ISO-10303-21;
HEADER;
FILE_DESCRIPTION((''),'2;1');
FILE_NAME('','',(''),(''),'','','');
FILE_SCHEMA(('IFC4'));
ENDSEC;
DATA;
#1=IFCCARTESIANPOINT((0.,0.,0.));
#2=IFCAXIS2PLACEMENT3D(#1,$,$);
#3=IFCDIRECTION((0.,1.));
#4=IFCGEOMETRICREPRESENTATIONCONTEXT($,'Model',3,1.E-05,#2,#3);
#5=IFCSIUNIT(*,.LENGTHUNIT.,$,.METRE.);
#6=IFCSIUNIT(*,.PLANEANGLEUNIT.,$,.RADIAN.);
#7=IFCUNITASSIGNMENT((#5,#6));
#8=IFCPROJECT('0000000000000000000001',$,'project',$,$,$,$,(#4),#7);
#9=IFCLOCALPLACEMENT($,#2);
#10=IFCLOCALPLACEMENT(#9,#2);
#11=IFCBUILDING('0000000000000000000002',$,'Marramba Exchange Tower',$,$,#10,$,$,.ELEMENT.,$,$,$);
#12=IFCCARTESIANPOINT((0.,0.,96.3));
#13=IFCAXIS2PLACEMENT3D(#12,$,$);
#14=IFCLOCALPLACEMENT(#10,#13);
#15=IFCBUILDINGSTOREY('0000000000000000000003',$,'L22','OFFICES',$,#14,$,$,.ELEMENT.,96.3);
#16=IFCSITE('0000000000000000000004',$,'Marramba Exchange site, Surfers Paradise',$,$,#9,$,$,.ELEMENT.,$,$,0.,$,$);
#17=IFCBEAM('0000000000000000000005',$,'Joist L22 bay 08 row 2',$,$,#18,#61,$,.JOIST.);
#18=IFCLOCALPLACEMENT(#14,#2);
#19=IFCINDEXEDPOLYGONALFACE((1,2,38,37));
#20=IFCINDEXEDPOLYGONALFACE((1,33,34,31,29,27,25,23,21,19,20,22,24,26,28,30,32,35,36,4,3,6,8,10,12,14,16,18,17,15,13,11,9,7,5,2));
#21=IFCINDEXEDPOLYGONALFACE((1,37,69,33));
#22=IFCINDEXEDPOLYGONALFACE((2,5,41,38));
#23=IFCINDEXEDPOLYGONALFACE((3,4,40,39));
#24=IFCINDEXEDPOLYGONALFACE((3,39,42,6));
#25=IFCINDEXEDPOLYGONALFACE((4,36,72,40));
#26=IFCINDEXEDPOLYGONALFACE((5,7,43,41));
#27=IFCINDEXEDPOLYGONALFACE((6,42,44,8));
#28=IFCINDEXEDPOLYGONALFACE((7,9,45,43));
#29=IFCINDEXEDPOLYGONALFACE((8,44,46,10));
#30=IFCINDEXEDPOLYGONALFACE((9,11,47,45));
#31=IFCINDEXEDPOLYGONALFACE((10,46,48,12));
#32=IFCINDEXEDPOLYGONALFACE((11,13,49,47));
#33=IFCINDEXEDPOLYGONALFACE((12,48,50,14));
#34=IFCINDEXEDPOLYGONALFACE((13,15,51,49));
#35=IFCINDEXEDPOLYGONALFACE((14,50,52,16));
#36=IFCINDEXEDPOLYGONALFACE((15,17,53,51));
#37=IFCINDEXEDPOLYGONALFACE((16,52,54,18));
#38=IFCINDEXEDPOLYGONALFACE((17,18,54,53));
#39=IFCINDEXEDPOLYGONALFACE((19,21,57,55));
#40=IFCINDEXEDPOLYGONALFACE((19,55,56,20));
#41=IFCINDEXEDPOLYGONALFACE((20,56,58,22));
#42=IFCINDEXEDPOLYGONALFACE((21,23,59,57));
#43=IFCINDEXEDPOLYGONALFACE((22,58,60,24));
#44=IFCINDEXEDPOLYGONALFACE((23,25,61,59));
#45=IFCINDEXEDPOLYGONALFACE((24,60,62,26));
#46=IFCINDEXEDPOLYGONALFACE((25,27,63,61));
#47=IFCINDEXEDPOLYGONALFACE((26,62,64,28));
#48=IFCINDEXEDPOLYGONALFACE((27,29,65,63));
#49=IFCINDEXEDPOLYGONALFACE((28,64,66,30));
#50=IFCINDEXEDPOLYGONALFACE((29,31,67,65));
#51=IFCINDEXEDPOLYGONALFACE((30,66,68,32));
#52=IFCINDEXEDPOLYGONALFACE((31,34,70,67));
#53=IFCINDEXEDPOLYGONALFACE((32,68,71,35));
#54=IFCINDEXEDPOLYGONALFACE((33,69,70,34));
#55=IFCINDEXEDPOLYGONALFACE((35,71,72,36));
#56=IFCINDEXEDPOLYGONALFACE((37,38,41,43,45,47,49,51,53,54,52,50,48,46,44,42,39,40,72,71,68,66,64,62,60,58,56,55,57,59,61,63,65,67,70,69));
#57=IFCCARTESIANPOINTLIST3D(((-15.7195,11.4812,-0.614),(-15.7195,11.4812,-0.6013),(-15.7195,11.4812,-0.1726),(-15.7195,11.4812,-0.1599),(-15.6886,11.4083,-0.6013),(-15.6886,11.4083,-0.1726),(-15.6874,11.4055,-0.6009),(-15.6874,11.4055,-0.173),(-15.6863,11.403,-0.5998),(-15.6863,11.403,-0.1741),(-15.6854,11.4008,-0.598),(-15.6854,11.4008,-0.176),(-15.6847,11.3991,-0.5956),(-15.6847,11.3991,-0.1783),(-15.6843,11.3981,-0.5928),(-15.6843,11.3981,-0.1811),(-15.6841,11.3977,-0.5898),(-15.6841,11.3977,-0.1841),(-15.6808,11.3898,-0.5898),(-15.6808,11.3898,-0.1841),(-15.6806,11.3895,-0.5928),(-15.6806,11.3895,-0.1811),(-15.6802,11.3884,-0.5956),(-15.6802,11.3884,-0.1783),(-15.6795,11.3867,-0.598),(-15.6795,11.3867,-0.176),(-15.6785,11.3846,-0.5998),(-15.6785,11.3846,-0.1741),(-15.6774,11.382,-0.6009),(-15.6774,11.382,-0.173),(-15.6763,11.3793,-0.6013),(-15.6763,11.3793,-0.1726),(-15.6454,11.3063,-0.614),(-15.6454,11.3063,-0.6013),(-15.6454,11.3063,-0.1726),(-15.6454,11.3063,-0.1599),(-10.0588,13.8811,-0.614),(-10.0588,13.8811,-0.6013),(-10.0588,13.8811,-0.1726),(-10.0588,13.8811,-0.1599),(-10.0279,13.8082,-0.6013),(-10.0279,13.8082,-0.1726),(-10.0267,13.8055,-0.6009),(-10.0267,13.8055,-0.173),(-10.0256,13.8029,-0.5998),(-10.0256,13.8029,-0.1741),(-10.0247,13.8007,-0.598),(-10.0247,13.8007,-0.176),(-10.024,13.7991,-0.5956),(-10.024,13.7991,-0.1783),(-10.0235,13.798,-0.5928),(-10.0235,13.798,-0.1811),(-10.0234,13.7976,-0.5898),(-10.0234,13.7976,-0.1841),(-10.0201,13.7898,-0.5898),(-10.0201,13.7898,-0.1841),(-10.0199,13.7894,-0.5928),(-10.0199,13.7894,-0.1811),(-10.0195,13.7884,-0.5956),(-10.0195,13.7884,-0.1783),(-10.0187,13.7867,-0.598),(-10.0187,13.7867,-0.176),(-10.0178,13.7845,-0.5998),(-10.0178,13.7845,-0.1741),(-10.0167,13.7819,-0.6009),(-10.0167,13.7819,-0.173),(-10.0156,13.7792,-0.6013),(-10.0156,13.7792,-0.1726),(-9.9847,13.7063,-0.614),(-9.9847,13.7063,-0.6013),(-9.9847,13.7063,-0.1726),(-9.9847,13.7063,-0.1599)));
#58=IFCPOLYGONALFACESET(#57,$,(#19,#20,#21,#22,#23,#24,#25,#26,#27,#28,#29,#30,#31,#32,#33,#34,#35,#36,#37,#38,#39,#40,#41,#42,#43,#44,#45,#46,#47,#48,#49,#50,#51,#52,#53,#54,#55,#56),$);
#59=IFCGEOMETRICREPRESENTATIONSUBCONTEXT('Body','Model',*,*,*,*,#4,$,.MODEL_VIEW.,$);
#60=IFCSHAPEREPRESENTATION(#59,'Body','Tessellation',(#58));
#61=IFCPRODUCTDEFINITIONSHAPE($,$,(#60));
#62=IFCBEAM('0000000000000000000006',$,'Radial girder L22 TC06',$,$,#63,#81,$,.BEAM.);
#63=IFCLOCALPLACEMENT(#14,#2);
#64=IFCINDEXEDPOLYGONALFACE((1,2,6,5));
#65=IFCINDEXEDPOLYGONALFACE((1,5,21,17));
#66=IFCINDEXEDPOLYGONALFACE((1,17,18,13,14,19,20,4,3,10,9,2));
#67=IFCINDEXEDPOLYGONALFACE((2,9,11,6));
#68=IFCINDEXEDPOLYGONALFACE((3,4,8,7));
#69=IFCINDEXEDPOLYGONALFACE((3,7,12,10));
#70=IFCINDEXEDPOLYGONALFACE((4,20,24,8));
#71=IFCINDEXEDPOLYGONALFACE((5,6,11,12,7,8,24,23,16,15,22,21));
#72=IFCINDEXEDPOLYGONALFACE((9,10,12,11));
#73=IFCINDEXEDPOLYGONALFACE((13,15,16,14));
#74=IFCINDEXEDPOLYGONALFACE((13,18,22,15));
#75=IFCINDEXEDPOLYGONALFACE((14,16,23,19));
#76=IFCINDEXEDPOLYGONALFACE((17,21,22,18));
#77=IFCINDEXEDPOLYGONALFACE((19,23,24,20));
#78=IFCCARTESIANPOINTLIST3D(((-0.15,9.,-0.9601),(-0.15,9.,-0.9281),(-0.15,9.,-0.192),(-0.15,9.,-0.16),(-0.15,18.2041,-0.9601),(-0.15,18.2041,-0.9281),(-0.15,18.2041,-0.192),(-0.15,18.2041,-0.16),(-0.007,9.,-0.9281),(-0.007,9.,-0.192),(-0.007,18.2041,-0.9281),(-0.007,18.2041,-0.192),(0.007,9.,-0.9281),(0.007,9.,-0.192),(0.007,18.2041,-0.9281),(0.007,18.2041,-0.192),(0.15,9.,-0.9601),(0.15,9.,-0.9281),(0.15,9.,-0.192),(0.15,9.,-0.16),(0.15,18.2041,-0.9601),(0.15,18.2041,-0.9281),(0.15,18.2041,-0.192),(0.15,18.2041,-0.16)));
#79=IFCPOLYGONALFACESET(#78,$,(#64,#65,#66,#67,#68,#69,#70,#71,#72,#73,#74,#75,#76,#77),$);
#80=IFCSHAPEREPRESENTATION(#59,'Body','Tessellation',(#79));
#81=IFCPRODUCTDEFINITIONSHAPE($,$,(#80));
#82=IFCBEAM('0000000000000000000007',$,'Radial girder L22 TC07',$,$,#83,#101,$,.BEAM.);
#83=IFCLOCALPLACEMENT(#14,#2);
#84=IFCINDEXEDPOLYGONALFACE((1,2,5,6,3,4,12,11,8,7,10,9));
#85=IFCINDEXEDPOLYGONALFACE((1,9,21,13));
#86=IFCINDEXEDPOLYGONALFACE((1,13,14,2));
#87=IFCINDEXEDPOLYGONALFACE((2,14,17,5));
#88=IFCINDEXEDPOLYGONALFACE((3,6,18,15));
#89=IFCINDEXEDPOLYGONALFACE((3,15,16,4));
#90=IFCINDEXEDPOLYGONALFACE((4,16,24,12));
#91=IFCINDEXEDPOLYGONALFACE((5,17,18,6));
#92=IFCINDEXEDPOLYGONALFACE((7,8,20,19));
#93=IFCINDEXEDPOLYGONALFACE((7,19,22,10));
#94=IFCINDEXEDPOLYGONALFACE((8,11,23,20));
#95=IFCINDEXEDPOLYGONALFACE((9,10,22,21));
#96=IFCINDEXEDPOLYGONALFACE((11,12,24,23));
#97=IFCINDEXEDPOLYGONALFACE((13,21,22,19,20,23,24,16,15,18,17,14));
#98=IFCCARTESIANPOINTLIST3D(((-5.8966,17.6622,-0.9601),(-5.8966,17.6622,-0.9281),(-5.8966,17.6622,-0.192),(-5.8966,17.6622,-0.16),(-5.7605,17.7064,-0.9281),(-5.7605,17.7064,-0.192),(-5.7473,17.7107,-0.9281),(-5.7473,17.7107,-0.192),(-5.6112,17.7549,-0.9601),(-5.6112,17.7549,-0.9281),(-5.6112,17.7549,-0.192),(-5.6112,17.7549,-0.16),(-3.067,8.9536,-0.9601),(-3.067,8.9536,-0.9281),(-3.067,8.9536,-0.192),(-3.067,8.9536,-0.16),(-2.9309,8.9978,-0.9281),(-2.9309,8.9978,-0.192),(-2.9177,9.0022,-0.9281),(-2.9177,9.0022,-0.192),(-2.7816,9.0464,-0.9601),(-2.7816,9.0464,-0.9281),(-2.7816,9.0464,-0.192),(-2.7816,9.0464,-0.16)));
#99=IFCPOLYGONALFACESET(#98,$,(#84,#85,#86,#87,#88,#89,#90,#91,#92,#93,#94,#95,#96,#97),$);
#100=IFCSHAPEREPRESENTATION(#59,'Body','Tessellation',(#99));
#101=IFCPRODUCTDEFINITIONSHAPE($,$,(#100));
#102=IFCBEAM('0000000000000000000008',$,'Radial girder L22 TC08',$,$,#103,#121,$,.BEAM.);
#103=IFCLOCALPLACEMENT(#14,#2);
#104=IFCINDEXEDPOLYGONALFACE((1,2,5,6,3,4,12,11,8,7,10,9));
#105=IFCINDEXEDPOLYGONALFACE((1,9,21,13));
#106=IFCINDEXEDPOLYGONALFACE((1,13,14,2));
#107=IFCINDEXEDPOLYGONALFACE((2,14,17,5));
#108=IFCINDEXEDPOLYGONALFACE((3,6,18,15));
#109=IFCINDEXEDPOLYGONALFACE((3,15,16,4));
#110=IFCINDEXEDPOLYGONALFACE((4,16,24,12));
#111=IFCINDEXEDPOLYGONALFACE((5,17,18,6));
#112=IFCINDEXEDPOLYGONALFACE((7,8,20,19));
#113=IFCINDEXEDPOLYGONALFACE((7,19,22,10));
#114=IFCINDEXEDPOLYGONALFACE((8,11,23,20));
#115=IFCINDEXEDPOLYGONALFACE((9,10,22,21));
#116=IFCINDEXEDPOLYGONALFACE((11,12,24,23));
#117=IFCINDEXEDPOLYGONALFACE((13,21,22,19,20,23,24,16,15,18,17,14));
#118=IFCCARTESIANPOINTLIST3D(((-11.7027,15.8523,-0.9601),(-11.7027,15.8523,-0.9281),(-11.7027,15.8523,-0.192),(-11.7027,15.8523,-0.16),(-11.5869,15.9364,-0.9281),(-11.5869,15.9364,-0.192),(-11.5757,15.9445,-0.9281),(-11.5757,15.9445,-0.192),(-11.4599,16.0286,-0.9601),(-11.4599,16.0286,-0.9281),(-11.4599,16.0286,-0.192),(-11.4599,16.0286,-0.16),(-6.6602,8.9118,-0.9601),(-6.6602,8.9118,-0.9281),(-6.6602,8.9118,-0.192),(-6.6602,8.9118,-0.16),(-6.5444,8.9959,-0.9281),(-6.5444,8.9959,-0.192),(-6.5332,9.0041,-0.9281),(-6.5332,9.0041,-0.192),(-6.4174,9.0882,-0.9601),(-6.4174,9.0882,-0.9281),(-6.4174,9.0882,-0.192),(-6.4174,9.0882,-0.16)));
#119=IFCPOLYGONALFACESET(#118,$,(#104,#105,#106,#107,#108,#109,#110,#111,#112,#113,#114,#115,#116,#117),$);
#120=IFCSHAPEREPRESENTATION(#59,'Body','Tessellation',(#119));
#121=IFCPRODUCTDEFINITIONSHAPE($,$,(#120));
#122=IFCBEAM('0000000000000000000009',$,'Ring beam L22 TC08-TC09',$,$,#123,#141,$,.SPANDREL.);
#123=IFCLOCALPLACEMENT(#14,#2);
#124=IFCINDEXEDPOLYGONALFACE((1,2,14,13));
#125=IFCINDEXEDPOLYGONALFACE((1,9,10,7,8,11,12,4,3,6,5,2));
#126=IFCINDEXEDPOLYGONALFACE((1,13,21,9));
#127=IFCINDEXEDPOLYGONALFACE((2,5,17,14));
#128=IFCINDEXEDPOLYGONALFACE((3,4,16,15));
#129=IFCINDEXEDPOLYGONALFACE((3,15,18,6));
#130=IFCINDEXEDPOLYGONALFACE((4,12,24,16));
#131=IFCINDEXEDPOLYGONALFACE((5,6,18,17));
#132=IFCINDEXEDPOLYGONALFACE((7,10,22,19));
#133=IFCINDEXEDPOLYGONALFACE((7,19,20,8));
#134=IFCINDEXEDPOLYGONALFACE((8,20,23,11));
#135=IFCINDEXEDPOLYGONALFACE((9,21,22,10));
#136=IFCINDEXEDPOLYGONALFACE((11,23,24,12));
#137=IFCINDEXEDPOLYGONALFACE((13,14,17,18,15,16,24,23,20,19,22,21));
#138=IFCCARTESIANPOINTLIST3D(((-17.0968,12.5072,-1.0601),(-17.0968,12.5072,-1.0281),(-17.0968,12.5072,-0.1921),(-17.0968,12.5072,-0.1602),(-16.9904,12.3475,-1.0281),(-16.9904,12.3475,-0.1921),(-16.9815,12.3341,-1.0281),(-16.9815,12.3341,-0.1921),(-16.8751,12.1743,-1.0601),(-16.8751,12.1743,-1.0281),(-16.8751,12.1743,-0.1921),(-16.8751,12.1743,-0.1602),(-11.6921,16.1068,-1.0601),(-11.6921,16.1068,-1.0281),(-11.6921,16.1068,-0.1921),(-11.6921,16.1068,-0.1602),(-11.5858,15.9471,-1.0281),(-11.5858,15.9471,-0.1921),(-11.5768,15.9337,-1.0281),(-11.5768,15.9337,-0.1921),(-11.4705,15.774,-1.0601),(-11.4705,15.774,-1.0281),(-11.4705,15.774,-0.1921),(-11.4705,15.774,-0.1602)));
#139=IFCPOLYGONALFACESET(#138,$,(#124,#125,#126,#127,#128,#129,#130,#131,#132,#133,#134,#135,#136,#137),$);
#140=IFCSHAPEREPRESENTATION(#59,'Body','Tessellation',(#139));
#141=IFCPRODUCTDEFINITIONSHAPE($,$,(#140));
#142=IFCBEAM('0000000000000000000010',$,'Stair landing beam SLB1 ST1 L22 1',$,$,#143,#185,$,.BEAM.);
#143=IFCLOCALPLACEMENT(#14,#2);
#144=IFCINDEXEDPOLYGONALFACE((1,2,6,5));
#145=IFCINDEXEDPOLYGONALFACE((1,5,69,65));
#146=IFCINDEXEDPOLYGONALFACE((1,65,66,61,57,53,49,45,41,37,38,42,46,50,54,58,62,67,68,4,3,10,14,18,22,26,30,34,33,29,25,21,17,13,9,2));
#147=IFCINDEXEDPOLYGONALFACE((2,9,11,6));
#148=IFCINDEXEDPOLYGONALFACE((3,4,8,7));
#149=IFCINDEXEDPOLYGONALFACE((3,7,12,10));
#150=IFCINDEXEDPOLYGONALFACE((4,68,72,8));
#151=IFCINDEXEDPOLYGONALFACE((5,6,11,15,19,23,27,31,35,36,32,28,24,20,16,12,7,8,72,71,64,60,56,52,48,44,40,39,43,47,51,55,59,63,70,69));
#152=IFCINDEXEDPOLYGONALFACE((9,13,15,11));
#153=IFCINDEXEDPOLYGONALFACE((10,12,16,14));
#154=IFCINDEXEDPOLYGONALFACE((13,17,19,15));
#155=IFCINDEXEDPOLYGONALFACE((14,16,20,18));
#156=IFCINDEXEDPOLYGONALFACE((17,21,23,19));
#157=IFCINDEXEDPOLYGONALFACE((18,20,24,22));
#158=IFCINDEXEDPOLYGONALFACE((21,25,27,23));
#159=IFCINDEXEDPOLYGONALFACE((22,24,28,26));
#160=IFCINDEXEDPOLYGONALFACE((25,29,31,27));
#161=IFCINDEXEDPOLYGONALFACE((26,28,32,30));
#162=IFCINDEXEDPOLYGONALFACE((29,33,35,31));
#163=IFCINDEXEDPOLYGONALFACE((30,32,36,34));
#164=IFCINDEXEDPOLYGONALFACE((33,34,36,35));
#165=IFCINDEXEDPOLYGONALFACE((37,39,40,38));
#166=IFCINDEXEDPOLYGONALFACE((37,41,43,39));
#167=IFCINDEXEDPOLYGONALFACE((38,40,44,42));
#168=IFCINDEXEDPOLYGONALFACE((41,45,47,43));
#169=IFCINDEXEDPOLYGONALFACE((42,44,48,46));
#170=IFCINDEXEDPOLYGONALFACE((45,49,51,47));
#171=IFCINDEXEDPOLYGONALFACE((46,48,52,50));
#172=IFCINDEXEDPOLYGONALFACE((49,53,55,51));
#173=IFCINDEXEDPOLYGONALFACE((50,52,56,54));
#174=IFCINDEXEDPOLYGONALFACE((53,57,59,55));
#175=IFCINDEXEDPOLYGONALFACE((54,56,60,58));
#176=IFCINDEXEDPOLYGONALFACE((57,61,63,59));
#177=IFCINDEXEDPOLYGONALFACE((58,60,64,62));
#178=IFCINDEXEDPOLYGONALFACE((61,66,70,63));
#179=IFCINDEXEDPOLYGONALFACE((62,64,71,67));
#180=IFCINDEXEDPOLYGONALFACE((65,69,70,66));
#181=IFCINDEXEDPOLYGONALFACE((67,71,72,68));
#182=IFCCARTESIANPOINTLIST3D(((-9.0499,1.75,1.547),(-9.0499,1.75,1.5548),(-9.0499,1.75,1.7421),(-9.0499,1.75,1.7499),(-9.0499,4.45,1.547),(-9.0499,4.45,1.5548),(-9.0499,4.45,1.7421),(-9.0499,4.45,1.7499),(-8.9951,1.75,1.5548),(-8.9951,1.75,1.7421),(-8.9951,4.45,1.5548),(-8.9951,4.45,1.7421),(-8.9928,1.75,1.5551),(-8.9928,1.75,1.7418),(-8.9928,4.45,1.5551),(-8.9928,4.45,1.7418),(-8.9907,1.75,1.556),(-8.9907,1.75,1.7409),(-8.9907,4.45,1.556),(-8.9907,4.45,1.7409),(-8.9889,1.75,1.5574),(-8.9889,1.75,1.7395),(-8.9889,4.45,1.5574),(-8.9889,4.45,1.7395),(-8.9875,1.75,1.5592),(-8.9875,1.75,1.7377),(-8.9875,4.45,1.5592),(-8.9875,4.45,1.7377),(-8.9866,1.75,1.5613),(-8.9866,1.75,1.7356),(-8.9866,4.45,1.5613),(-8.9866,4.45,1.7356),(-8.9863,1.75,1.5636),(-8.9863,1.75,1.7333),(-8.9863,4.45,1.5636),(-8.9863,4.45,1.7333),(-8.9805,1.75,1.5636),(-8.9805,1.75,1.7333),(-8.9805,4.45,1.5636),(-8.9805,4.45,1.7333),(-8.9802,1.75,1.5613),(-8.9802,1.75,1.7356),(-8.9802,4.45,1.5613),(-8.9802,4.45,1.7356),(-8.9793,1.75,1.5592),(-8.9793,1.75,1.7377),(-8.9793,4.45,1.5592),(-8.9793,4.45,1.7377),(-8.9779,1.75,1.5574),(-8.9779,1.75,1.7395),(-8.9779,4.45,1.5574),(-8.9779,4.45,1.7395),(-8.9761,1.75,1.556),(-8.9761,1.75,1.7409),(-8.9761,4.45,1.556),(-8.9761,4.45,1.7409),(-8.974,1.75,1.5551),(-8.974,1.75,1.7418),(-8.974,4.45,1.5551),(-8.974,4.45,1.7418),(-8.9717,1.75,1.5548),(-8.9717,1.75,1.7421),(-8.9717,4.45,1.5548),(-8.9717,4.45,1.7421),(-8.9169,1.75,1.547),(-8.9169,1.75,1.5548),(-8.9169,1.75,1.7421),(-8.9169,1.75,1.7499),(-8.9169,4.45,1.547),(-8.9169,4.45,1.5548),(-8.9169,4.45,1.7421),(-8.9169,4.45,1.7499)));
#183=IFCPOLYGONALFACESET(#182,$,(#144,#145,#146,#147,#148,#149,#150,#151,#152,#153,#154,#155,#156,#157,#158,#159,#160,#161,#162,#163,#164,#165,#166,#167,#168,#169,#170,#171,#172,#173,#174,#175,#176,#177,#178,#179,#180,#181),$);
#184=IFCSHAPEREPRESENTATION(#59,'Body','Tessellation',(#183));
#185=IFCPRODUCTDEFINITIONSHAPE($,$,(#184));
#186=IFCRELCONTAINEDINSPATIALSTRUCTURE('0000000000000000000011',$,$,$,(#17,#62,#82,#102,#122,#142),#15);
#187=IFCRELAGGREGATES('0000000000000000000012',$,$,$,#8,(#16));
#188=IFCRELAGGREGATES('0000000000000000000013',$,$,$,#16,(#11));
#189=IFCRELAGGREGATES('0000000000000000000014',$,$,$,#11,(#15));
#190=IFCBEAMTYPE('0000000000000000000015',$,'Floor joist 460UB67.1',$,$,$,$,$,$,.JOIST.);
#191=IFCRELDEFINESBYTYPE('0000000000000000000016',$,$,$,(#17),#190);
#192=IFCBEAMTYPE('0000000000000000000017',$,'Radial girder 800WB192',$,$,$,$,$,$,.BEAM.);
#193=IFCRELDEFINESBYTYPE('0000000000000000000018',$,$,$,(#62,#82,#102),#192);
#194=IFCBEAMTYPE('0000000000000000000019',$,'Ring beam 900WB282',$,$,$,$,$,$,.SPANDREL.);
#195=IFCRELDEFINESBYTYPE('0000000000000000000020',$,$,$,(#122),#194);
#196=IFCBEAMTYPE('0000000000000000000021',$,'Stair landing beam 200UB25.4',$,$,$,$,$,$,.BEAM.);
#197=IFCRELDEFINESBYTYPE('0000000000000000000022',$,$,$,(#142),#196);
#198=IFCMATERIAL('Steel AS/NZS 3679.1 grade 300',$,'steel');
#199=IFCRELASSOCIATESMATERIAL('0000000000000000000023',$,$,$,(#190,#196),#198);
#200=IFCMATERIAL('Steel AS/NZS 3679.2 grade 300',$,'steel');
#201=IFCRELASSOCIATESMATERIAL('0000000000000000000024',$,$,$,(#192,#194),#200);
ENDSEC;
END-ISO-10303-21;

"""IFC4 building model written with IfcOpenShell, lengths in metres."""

from ifc_helpers import new_model, si_unit, direction, frame, origin, origin_2d, place, context, subcontext, project, spatial, i_section, extrude, material, material_profile, profile_set, type_object, element, save


model = new_model("IFC4")

# Units and contexts
model_context = context("Model", 3, precision=1e-05, world=origin(), true_north=direction((0.0, 1.0)))
body_context = subcontext(model_context, "Body", "Model", "MODEL_VIEW")
ifc_project = project(units=[si_unit("LENGTHUNIT", "METRE"), si_unit("PLANEANGLEUNIT", "RADIAN")], contexts=[model_context])

# Site, building, storey
site_placement = place(None, origin())
site = spatial("IfcSite", under=ifc_project, at=site_placement, Name="Marramba Exchange site, Surfers Paradise", CompositionType="ELEMENT", RefElevation=0.0)
building_placement = place(site_placement, origin())
building = spatial("IfcBuilding", under=site, at=building_placement, Name="Marramba Exchange Tower", CompositionType="ELEMENT")
storey_placement = place(building_placement, frame((0.0, 0.0, 96.3)))
storey = spatial("IfcBuildingStorey", under=building, at=storey_placement, Name="L22", Description="OFFICES", CompositionType="ELEMENT", Elevation=96.3)

# Beams
ifc_material_1 = material(Name="Steel AS/NZS 3679.1 grade 300", Category="steel")
ifc_material_profile_1 = material_profile(ifc_material_1, i_section(OverallWidth=0.1899, OverallDepth=0.4541, WebThickness=0.0085, FlangeThickness=0.0127, FilletRadius=0.0115, at=origin_2d()), Name="460UB67.1")
ifc_profile_set_1 = profile_set([ifc_material_profile_1], Name="Steel AS/NZS 3679.1 grade 300")
beam_type_1 = type_object("IfcBeamType", Name="Floor joist 460UB67.1", PredefinedType="JOIST", material=ifc_profile_set_1)
beam_1_placement = place(storey_placement, frame((-10.0217, 13.7937, -0.387), z_axis=(-0.920674, -0.390332, 0.0), x_axis=(0.390332, -0.920674, 0.0)))
element("IfcBeam", 1, at=beam_1_placement, inside=storey, type_object=beam_type_1, Name="Joist L22 bay 08 row 2", PredefinedType="JOIST", context=body_context, shape_type="SweptSolid", body=[
    extrude(i_section(OverallWidth=0.1899, OverallDepth=0.4541, WebThickness=0.0085, FlangeThickness=0.0127, FilletRadius=0.0115, at=origin_2d()), origin(), (0.0, 0.0, 1.0), 6.1484),
])
ifc_material_2 = material(Name="Steel AS/NZS 3679.2 grade 300", Category="steel")
ifc_material_profile_2 = material_profile(ifc_material_2, i_section(OverallWidth=0.3, OverallDepth=0.8, WebThickness=0.0139, FlangeThickness=0.032, at=origin_2d()), Name="800WB192")
ifc_profile_set_2 = profile_set([ifc_material_profile_2], Name="Steel AS/NZS 3679.2 grade 300")
beam_type_2 = type_object("IfcBeamType", Name="Radial girder 800WB192", PredefinedType="BEAM", material=ifc_profile_set_2)
beam_2_placement = place(storey_placement, frame((0.0, 9.0, -0.5601), z_axis=(0.0, 1.0, 0.0), x_axis=(-1.0, 0.0, 0.0)))
element("IfcBeam", 2, at=beam_2_placement, inside=storey, type_object=beam_type_2, Name="Radial girder L22 TC06", PredefinedType="BEAM", context=body_context, shape_type="SweptSolid", body=[
    extrude(i_section(OverallWidth=0.3, OverallDepth=0.8, WebThickness=0.0139, FlangeThickness=0.032, at=origin_2d()), origin(), (0.0, 0.0, 1.0), 9.2041),
])
beam_3_placement = place(storey_placement, frame((-2.9243, 9.0, -0.5601), z_axis=(-0.30902, 0.951056, 0.0), x_axis=(-0.951056, -0.30902, 0.0)))
element("IfcBeam", 3, at=beam_3_placement, inside=storey, type_object=beam_type_2, Name="Radial girder L22 TC07", PredefinedType="BEAM", context=body_context, shape_type="SweptSolid", body=[
    extrude(i_section(OverallWidth=0.3, OverallDepth=0.8, WebThickness=0.0139, FlangeThickness=0.032, at=origin_2d()), origin(), (0.0, 0.0, 1.0), 9.1567),
])
beam_4_placement = place(storey_placement, frame((-6.5388, 9.0, -0.5601), z_axis=(-0.587782, 0.809019, 0.0), x_axis=(-0.809019, -0.587782, 0.0)))
element("IfcBeam", 4, at=beam_4_placement, inside=storey, type_object=beam_type_2, Name="Radial girder L22 TC08", PredefinedType="BEAM", context=body_context, shape_type="SweptSolid", body=[
    extrude(i_section(OverallWidth=0.3, OverallDepth=0.8, WebThickness=0.0139, FlangeThickness=0.032, at=origin_2d()), origin(), (0.0, 0.0, 1.0), 8.5789),
])
ifc_material_profile_3 = material_profile(ifc_material_2, i_section(OverallWidth=0.3999, OverallDepth=0.8999, WebThickness=0.0161, FlangeThickness=0.032, at=origin_2d()), Name="900WB282")
ifc_profile_set_3 = profile_set([ifc_material_profile_3], Name="Steel AS/NZS 3679.2 grade 300")
beam_type_3 = type_object("IfcBeamType", Name="Ring beam 900WB282", PredefinedType="SPANDREL", material=ifc_profile_set_3)
beam_5_placement = place(storey_placement, frame((-11.5813, 15.9404, -0.6101), z_axis=(-0.832293, -0.554336, 0.0), x_axis=(0.554336, -0.832293, 0.0)))
element("IfcBeam", 5, at=beam_5_placement, inside=storey, type_object=beam_type_3, Name="Ring beam L22 TC08-TC09", PredefinedType="SPANDREL", context=body_context, shape_type="SweptSolid", body=[
    extrude(i_section(OverallWidth=0.3999, OverallDepth=0.8999, WebThickness=0.0161, FlangeThickness=0.032, at=origin_2d()), origin(), (0.0, 0.0, 1.0), 6.4937),
])
ifc_material_profile_4 = material_profile(ifc_material_1, i_section(OverallWidth=0.1331, OverallDepth=0.2029, WebThickness=0.0059, FlangeThickness=0.0078, FilletRadius=0.0088, at=origin_2d()), Name="200UB25.4")
ifc_profile_set_4 = profile_set([ifc_material_profile_4], Name="Steel AS/NZS 3679.1 grade 300")
beam_type_4 = type_object("IfcBeamType", Name="Stair landing beam 200UB25.4", PredefinedType="BEAM", material=ifc_profile_set_4)
for number, where, z_axis, x_axis, name in (
    (6, (-8.9834, 1.75, 1.6484), (0.0, 1.0, 0.0), (-1.0, 0.0, 0.0), "Stair landing beam SLB1 ST1 L22 1"),
):
    element("IfcBeam", number, at=place(storey_placement, frame(where, z_axis=z_axis, x_axis=x_axis)), inside=storey, type_object=beam_type_4, Name=name, PredefinedType="BEAM", context=body_context, shape_type="SweptSolid", body=[
        extrude(i_section(OverallWidth=0.1331, OverallDepth=0.2029, WebThickness=0.0059, FlangeThickness=0.0078, FilletRadius=0.0088, at=origin_2d()), origin(), (0.0, 0.0, 1.0), 2.7),
    ])

save(model, "model.ifc")
